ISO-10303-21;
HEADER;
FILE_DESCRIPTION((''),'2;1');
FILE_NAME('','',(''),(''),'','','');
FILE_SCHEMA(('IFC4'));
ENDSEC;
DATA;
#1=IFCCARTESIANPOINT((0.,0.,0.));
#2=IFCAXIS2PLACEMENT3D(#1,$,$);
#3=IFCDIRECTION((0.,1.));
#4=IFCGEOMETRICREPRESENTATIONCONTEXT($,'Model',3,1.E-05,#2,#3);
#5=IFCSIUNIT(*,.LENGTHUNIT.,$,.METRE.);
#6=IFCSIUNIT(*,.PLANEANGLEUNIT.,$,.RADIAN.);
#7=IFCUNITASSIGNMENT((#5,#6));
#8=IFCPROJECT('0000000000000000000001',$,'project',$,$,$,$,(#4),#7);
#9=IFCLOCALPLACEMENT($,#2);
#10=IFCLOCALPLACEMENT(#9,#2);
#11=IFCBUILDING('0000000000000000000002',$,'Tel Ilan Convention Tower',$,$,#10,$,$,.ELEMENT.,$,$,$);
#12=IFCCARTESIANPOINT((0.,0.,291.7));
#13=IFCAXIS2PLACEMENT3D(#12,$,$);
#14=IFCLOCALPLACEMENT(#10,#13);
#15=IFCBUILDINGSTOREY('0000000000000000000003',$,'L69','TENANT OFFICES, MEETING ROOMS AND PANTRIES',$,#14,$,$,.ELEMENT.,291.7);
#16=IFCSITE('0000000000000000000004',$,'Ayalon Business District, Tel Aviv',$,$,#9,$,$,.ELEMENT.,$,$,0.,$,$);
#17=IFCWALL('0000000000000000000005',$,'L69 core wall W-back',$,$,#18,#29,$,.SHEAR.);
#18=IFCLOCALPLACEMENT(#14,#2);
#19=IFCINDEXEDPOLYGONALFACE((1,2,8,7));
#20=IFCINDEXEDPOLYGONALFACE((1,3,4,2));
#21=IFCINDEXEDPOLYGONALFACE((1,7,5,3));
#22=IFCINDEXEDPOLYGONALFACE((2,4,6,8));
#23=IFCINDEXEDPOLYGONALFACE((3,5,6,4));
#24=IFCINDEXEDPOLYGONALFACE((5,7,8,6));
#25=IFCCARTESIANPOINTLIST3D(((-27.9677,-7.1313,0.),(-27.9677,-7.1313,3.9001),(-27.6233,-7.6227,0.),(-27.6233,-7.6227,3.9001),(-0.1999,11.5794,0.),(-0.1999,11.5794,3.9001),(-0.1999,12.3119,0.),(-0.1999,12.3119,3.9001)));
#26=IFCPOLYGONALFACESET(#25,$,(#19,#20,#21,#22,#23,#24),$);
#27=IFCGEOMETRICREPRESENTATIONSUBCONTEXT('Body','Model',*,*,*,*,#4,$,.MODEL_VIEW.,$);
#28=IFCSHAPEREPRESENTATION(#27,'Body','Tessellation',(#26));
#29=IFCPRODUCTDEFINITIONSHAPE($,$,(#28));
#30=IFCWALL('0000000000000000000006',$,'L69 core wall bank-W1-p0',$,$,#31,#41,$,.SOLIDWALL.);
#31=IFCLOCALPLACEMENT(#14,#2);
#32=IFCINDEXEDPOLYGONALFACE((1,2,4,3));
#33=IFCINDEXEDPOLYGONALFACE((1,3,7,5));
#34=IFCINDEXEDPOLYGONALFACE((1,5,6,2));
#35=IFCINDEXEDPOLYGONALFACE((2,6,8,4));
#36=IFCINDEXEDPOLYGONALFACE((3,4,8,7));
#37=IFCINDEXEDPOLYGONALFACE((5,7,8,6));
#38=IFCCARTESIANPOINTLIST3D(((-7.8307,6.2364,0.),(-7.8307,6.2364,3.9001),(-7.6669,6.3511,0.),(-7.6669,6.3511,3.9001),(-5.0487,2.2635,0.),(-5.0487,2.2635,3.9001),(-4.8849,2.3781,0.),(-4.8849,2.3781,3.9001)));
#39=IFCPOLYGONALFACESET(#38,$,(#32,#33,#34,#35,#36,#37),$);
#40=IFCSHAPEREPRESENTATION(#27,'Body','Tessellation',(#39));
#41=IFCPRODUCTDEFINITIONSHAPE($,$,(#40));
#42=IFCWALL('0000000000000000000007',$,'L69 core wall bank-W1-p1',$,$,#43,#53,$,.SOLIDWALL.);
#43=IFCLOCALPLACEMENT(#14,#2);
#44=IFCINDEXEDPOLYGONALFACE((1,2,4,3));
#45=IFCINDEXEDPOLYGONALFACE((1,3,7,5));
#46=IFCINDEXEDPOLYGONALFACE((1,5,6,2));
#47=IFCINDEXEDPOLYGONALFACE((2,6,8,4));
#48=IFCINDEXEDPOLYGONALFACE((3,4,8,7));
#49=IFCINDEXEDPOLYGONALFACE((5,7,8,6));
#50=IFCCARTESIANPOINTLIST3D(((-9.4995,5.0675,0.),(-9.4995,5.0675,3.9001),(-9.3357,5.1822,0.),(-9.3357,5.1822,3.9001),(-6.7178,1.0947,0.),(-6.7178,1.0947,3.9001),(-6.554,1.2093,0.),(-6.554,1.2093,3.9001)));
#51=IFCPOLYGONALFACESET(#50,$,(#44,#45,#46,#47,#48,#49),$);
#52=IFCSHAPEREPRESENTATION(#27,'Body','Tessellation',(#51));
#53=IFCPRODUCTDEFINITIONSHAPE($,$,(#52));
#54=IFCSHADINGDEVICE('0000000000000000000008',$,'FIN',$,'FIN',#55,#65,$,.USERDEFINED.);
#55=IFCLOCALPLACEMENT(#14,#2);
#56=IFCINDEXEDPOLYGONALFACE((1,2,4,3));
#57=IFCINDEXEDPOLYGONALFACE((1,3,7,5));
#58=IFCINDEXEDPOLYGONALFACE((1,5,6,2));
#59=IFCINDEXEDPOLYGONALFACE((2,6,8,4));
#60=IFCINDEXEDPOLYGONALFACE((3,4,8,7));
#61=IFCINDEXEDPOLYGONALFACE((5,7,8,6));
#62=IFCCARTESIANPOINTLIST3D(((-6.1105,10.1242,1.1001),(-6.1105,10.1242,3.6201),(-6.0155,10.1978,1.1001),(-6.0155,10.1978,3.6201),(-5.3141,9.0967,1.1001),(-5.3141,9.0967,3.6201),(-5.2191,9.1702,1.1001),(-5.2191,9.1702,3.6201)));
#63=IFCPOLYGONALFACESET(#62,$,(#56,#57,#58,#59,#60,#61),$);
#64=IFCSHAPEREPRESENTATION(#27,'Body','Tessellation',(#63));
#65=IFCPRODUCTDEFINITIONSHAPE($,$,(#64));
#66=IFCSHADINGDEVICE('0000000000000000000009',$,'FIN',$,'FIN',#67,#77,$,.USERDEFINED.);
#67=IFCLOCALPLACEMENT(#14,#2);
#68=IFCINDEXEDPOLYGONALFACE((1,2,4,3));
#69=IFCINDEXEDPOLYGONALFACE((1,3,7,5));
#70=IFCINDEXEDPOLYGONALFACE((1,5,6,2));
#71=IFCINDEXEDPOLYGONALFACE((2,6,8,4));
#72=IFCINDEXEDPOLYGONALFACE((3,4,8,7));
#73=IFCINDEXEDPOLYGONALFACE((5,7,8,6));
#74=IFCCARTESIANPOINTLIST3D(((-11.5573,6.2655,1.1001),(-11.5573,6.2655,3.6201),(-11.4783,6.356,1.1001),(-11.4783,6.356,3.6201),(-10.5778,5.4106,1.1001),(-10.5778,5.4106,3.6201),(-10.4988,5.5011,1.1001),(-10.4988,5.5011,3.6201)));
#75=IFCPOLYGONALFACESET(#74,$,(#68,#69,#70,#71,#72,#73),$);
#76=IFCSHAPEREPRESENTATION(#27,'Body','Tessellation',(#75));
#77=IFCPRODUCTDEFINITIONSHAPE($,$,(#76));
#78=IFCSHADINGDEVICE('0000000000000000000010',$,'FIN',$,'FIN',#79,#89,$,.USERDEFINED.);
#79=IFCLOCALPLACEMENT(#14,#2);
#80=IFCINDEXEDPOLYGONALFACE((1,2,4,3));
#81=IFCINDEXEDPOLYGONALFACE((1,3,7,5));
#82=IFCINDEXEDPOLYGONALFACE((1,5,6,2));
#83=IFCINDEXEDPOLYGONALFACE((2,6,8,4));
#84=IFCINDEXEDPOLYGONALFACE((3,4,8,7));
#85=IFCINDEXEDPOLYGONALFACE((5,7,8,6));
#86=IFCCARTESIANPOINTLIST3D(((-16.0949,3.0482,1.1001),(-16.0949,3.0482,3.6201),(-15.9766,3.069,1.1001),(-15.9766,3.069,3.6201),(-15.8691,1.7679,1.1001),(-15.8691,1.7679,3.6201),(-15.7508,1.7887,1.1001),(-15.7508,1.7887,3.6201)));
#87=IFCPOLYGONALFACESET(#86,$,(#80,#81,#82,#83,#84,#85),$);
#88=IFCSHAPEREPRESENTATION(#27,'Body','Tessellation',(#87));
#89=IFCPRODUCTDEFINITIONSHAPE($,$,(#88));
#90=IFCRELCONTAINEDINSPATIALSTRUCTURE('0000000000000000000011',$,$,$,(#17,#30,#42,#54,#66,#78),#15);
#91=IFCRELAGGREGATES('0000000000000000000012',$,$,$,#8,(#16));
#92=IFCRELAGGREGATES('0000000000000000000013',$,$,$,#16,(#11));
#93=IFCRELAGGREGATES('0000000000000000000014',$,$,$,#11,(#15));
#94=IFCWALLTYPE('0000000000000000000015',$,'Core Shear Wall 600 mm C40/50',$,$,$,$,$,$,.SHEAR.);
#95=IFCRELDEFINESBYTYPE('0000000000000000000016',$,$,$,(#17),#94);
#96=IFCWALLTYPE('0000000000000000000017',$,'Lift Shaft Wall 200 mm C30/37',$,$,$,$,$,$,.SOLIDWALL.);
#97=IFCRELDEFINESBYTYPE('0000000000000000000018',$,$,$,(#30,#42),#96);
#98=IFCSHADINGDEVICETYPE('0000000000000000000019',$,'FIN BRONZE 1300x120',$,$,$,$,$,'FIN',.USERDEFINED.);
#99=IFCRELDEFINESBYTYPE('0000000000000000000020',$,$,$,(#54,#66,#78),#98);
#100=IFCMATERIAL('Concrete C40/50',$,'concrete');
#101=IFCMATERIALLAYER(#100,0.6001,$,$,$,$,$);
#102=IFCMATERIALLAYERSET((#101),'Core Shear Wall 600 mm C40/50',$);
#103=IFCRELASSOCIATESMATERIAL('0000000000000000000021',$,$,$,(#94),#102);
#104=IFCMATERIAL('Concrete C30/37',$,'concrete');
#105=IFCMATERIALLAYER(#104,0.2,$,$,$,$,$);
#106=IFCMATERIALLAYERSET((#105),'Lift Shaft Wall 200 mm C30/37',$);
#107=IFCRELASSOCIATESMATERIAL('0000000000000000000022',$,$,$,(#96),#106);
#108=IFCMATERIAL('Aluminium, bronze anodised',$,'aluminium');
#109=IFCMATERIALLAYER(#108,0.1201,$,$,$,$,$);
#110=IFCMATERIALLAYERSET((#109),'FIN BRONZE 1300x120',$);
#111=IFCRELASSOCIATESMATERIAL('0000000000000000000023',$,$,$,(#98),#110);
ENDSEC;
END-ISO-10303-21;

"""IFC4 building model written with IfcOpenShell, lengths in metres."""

from ifc_helpers import new_model, si_unit, direction, frame, frame_2d, origin, origin_2d, place, context, subcontext, project, spatial, polyline, rectangle, outline, extrude, material, layer, layer_set, type_object, element, save


model = new_model("IFC4")

# Units and contexts
model_context = context("Model", 3, precision=1e-05, world=origin(), true_north=direction((0.0, 1.0)))
body_context = subcontext(model_context, "Body", "Model", "MODEL_VIEW")
ifc_project = project(units=[si_unit("LENGTHUNIT", "METRE"), si_unit("PLANEANGLEUNIT", "RADIAN")], contexts=[model_context])

# Site, building, storey
site_placement = place(None, origin())
site = spatial("IfcSite", under=ifc_project, at=site_placement, Name="Ayalon Business District, Tel Aviv", CompositionType="ELEMENT", RefElevation=0.0)
building_placement = place(site_placement, origin())
building = spatial("IfcBuilding", under=site, at=building_placement, Name="Tel Ilan Convention Tower", CompositionType="ELEMENT")
storey_placement = place(building_placement, frame((0.0, 0.0, 291.7)))
storey = spatial("IfcBuildingStorey", under=building, at=storey_placement, Name="L69", Description="TENANT OFFICES, MEETING ROOMS AND PANTRIES", CompositionType="ELEMENT", Elevation=291.7)

# Walls
ifc_material_1 = material(Name="Concrete C40/50", Category="concrete")
ifc_layer_1 = layer(ifc_material_1, 0.6001)
ifc_layer_set_1 = layer_set([ifc_layer_1], Name="Core Shear Wall 600 mm C40/50")
wall_type_1 = type_object("IfcWallType", Name="Core Shear Wall 600 mm C40/50", PredefinedType="SHEAR", material=ifc_layer_set_1)
wall_1_placement = place(storey_placement, frame((-0.0278, 12.0662, 0.0), z_axis=(0.0, 0.0, 1.0), x_axis=(-0.819151, -0.573577, 0.0)))
element("IfcWall", 1, at=wall_1_placement, inside=storey, type_object=wall_type_1, Name="L69 core wall W-back", PredefinedType="SHEAR", context=body_context, shape_type="SweptSolid", body=[
    extrude(outline(polyline([(33.8979, 0.3), (0.4202, 0.3), (0.0, -0.3), (33.8982, -0.3), (33.8979, 0.3)])), origin(), (0.0, 0.0, 1.0), 3.9001),
])
ifc_material_2 = material(Name="Concrete C30/37", Category="concrete")
ifc_layer_2 = layer(ifc_material_2, 0.2)
ifc_layer_set_2 = layer_set([ifc_layer_2], Name="Lift Shaft Wall 200 mm C30/37")
wall_type_2 = type_object("IfcWallType", Name="Lift Shaft Wall 200 mm C30/37", PredefinedType="SOLIDWALL", material=ifc_layer_set_2)
wall_2_placement = place(storey_placement, frame((-4.9668, 2.3208, 0.0), z_axis=(0.0, 0.0, 1.0), x_axis=(-0.573594, 0.81914, 0.0)))
element("IfcWall", 2, at=wall_2_placement, inside=storey, type_object=wall_type_2, Name="L69 core wall bank-W1-p0", PredefinedType="SOLIDWALL", context=body_context, shape_type="SweptSolid", body=[
    extrude(rectangle(XDim=4.8501, YDim=0.2, at=frame_2d((2.425, 0.0))), origin(), (0.0, 0.0, 1.0), 3.9001),
])
wall_3_placement = place(storey_placement, frame((-6.636, 1.1521, 0.0), z_axis=(0.0, 0.0, 1.0), x_axis=(-0.57356, 0.819163, 0.0)))
element("IfcWall", 3, at=wall_3_placement, inside=storey, type_object=wall_type_2, Name="L69 core wall bank-W1-p1", PredefinedType="SOLIDWALL", context=body_context, shape_type="SweptSolid", body=[
    extrude(rectangle(XDim=4.8499, YDim=0.2, at=frame_2d((2.4248, 0.0))), origin(), (0.0, 0.0, 1.0), 3.9001),
])

# Shading devices
ifc_material_3 = material(Name="Aluminium, bronze anodised", Category="aluminium")
ifc_layer_3 = layer(ifc_material_3, 0.1201)
ifc_layer_set_3 = layer_set([ifc_layer_3], Name="FIN BRONZE 1300x120")
shading_device_type = type_object("IfcShadingDeviceType", Name="FIN BRONZE 1300x120", ElementType="FIN", PredefinedType="USERDEFINED", material=ifc_layer_set_3)
for number, where, z_axis, x_axis, name in (
    (4, (-5.6648, 9.6472, 1.1001), (0.0, 0.0, 1.0), (-0.612601, 0.790393, 0.0), "FIN"),
    (5, (-11.0281, 5.8833, 1.1001), (0.0, 0.0, 1.0), (-0.753436, 0.657521, 0.0), "FIN"),
    (6, (-15.9229, 2.4185, 1.1001), (0.0, 0.0, 1.0), (-0.173648, 0.984808, 0.0), "FIN"),
):
    element("IfcShadingDevice", number, at=place(storey_placement, frame(where, z_axis=z_axis, x_axis=x_axis)), inside=storey, type_object=shading_device_type, Name=name, ObjectType="FIN", PredefinedType="USERDEFINED", context=body_context, shape_type="SweptSolid", body=[
        extrude(rectangle(XDim=1.3, YDim=0.1201, at=origin_2d()), origin(), (0.0, 0.0, 1.0), 2.52),
    ])

save(model, "model.ifc")
